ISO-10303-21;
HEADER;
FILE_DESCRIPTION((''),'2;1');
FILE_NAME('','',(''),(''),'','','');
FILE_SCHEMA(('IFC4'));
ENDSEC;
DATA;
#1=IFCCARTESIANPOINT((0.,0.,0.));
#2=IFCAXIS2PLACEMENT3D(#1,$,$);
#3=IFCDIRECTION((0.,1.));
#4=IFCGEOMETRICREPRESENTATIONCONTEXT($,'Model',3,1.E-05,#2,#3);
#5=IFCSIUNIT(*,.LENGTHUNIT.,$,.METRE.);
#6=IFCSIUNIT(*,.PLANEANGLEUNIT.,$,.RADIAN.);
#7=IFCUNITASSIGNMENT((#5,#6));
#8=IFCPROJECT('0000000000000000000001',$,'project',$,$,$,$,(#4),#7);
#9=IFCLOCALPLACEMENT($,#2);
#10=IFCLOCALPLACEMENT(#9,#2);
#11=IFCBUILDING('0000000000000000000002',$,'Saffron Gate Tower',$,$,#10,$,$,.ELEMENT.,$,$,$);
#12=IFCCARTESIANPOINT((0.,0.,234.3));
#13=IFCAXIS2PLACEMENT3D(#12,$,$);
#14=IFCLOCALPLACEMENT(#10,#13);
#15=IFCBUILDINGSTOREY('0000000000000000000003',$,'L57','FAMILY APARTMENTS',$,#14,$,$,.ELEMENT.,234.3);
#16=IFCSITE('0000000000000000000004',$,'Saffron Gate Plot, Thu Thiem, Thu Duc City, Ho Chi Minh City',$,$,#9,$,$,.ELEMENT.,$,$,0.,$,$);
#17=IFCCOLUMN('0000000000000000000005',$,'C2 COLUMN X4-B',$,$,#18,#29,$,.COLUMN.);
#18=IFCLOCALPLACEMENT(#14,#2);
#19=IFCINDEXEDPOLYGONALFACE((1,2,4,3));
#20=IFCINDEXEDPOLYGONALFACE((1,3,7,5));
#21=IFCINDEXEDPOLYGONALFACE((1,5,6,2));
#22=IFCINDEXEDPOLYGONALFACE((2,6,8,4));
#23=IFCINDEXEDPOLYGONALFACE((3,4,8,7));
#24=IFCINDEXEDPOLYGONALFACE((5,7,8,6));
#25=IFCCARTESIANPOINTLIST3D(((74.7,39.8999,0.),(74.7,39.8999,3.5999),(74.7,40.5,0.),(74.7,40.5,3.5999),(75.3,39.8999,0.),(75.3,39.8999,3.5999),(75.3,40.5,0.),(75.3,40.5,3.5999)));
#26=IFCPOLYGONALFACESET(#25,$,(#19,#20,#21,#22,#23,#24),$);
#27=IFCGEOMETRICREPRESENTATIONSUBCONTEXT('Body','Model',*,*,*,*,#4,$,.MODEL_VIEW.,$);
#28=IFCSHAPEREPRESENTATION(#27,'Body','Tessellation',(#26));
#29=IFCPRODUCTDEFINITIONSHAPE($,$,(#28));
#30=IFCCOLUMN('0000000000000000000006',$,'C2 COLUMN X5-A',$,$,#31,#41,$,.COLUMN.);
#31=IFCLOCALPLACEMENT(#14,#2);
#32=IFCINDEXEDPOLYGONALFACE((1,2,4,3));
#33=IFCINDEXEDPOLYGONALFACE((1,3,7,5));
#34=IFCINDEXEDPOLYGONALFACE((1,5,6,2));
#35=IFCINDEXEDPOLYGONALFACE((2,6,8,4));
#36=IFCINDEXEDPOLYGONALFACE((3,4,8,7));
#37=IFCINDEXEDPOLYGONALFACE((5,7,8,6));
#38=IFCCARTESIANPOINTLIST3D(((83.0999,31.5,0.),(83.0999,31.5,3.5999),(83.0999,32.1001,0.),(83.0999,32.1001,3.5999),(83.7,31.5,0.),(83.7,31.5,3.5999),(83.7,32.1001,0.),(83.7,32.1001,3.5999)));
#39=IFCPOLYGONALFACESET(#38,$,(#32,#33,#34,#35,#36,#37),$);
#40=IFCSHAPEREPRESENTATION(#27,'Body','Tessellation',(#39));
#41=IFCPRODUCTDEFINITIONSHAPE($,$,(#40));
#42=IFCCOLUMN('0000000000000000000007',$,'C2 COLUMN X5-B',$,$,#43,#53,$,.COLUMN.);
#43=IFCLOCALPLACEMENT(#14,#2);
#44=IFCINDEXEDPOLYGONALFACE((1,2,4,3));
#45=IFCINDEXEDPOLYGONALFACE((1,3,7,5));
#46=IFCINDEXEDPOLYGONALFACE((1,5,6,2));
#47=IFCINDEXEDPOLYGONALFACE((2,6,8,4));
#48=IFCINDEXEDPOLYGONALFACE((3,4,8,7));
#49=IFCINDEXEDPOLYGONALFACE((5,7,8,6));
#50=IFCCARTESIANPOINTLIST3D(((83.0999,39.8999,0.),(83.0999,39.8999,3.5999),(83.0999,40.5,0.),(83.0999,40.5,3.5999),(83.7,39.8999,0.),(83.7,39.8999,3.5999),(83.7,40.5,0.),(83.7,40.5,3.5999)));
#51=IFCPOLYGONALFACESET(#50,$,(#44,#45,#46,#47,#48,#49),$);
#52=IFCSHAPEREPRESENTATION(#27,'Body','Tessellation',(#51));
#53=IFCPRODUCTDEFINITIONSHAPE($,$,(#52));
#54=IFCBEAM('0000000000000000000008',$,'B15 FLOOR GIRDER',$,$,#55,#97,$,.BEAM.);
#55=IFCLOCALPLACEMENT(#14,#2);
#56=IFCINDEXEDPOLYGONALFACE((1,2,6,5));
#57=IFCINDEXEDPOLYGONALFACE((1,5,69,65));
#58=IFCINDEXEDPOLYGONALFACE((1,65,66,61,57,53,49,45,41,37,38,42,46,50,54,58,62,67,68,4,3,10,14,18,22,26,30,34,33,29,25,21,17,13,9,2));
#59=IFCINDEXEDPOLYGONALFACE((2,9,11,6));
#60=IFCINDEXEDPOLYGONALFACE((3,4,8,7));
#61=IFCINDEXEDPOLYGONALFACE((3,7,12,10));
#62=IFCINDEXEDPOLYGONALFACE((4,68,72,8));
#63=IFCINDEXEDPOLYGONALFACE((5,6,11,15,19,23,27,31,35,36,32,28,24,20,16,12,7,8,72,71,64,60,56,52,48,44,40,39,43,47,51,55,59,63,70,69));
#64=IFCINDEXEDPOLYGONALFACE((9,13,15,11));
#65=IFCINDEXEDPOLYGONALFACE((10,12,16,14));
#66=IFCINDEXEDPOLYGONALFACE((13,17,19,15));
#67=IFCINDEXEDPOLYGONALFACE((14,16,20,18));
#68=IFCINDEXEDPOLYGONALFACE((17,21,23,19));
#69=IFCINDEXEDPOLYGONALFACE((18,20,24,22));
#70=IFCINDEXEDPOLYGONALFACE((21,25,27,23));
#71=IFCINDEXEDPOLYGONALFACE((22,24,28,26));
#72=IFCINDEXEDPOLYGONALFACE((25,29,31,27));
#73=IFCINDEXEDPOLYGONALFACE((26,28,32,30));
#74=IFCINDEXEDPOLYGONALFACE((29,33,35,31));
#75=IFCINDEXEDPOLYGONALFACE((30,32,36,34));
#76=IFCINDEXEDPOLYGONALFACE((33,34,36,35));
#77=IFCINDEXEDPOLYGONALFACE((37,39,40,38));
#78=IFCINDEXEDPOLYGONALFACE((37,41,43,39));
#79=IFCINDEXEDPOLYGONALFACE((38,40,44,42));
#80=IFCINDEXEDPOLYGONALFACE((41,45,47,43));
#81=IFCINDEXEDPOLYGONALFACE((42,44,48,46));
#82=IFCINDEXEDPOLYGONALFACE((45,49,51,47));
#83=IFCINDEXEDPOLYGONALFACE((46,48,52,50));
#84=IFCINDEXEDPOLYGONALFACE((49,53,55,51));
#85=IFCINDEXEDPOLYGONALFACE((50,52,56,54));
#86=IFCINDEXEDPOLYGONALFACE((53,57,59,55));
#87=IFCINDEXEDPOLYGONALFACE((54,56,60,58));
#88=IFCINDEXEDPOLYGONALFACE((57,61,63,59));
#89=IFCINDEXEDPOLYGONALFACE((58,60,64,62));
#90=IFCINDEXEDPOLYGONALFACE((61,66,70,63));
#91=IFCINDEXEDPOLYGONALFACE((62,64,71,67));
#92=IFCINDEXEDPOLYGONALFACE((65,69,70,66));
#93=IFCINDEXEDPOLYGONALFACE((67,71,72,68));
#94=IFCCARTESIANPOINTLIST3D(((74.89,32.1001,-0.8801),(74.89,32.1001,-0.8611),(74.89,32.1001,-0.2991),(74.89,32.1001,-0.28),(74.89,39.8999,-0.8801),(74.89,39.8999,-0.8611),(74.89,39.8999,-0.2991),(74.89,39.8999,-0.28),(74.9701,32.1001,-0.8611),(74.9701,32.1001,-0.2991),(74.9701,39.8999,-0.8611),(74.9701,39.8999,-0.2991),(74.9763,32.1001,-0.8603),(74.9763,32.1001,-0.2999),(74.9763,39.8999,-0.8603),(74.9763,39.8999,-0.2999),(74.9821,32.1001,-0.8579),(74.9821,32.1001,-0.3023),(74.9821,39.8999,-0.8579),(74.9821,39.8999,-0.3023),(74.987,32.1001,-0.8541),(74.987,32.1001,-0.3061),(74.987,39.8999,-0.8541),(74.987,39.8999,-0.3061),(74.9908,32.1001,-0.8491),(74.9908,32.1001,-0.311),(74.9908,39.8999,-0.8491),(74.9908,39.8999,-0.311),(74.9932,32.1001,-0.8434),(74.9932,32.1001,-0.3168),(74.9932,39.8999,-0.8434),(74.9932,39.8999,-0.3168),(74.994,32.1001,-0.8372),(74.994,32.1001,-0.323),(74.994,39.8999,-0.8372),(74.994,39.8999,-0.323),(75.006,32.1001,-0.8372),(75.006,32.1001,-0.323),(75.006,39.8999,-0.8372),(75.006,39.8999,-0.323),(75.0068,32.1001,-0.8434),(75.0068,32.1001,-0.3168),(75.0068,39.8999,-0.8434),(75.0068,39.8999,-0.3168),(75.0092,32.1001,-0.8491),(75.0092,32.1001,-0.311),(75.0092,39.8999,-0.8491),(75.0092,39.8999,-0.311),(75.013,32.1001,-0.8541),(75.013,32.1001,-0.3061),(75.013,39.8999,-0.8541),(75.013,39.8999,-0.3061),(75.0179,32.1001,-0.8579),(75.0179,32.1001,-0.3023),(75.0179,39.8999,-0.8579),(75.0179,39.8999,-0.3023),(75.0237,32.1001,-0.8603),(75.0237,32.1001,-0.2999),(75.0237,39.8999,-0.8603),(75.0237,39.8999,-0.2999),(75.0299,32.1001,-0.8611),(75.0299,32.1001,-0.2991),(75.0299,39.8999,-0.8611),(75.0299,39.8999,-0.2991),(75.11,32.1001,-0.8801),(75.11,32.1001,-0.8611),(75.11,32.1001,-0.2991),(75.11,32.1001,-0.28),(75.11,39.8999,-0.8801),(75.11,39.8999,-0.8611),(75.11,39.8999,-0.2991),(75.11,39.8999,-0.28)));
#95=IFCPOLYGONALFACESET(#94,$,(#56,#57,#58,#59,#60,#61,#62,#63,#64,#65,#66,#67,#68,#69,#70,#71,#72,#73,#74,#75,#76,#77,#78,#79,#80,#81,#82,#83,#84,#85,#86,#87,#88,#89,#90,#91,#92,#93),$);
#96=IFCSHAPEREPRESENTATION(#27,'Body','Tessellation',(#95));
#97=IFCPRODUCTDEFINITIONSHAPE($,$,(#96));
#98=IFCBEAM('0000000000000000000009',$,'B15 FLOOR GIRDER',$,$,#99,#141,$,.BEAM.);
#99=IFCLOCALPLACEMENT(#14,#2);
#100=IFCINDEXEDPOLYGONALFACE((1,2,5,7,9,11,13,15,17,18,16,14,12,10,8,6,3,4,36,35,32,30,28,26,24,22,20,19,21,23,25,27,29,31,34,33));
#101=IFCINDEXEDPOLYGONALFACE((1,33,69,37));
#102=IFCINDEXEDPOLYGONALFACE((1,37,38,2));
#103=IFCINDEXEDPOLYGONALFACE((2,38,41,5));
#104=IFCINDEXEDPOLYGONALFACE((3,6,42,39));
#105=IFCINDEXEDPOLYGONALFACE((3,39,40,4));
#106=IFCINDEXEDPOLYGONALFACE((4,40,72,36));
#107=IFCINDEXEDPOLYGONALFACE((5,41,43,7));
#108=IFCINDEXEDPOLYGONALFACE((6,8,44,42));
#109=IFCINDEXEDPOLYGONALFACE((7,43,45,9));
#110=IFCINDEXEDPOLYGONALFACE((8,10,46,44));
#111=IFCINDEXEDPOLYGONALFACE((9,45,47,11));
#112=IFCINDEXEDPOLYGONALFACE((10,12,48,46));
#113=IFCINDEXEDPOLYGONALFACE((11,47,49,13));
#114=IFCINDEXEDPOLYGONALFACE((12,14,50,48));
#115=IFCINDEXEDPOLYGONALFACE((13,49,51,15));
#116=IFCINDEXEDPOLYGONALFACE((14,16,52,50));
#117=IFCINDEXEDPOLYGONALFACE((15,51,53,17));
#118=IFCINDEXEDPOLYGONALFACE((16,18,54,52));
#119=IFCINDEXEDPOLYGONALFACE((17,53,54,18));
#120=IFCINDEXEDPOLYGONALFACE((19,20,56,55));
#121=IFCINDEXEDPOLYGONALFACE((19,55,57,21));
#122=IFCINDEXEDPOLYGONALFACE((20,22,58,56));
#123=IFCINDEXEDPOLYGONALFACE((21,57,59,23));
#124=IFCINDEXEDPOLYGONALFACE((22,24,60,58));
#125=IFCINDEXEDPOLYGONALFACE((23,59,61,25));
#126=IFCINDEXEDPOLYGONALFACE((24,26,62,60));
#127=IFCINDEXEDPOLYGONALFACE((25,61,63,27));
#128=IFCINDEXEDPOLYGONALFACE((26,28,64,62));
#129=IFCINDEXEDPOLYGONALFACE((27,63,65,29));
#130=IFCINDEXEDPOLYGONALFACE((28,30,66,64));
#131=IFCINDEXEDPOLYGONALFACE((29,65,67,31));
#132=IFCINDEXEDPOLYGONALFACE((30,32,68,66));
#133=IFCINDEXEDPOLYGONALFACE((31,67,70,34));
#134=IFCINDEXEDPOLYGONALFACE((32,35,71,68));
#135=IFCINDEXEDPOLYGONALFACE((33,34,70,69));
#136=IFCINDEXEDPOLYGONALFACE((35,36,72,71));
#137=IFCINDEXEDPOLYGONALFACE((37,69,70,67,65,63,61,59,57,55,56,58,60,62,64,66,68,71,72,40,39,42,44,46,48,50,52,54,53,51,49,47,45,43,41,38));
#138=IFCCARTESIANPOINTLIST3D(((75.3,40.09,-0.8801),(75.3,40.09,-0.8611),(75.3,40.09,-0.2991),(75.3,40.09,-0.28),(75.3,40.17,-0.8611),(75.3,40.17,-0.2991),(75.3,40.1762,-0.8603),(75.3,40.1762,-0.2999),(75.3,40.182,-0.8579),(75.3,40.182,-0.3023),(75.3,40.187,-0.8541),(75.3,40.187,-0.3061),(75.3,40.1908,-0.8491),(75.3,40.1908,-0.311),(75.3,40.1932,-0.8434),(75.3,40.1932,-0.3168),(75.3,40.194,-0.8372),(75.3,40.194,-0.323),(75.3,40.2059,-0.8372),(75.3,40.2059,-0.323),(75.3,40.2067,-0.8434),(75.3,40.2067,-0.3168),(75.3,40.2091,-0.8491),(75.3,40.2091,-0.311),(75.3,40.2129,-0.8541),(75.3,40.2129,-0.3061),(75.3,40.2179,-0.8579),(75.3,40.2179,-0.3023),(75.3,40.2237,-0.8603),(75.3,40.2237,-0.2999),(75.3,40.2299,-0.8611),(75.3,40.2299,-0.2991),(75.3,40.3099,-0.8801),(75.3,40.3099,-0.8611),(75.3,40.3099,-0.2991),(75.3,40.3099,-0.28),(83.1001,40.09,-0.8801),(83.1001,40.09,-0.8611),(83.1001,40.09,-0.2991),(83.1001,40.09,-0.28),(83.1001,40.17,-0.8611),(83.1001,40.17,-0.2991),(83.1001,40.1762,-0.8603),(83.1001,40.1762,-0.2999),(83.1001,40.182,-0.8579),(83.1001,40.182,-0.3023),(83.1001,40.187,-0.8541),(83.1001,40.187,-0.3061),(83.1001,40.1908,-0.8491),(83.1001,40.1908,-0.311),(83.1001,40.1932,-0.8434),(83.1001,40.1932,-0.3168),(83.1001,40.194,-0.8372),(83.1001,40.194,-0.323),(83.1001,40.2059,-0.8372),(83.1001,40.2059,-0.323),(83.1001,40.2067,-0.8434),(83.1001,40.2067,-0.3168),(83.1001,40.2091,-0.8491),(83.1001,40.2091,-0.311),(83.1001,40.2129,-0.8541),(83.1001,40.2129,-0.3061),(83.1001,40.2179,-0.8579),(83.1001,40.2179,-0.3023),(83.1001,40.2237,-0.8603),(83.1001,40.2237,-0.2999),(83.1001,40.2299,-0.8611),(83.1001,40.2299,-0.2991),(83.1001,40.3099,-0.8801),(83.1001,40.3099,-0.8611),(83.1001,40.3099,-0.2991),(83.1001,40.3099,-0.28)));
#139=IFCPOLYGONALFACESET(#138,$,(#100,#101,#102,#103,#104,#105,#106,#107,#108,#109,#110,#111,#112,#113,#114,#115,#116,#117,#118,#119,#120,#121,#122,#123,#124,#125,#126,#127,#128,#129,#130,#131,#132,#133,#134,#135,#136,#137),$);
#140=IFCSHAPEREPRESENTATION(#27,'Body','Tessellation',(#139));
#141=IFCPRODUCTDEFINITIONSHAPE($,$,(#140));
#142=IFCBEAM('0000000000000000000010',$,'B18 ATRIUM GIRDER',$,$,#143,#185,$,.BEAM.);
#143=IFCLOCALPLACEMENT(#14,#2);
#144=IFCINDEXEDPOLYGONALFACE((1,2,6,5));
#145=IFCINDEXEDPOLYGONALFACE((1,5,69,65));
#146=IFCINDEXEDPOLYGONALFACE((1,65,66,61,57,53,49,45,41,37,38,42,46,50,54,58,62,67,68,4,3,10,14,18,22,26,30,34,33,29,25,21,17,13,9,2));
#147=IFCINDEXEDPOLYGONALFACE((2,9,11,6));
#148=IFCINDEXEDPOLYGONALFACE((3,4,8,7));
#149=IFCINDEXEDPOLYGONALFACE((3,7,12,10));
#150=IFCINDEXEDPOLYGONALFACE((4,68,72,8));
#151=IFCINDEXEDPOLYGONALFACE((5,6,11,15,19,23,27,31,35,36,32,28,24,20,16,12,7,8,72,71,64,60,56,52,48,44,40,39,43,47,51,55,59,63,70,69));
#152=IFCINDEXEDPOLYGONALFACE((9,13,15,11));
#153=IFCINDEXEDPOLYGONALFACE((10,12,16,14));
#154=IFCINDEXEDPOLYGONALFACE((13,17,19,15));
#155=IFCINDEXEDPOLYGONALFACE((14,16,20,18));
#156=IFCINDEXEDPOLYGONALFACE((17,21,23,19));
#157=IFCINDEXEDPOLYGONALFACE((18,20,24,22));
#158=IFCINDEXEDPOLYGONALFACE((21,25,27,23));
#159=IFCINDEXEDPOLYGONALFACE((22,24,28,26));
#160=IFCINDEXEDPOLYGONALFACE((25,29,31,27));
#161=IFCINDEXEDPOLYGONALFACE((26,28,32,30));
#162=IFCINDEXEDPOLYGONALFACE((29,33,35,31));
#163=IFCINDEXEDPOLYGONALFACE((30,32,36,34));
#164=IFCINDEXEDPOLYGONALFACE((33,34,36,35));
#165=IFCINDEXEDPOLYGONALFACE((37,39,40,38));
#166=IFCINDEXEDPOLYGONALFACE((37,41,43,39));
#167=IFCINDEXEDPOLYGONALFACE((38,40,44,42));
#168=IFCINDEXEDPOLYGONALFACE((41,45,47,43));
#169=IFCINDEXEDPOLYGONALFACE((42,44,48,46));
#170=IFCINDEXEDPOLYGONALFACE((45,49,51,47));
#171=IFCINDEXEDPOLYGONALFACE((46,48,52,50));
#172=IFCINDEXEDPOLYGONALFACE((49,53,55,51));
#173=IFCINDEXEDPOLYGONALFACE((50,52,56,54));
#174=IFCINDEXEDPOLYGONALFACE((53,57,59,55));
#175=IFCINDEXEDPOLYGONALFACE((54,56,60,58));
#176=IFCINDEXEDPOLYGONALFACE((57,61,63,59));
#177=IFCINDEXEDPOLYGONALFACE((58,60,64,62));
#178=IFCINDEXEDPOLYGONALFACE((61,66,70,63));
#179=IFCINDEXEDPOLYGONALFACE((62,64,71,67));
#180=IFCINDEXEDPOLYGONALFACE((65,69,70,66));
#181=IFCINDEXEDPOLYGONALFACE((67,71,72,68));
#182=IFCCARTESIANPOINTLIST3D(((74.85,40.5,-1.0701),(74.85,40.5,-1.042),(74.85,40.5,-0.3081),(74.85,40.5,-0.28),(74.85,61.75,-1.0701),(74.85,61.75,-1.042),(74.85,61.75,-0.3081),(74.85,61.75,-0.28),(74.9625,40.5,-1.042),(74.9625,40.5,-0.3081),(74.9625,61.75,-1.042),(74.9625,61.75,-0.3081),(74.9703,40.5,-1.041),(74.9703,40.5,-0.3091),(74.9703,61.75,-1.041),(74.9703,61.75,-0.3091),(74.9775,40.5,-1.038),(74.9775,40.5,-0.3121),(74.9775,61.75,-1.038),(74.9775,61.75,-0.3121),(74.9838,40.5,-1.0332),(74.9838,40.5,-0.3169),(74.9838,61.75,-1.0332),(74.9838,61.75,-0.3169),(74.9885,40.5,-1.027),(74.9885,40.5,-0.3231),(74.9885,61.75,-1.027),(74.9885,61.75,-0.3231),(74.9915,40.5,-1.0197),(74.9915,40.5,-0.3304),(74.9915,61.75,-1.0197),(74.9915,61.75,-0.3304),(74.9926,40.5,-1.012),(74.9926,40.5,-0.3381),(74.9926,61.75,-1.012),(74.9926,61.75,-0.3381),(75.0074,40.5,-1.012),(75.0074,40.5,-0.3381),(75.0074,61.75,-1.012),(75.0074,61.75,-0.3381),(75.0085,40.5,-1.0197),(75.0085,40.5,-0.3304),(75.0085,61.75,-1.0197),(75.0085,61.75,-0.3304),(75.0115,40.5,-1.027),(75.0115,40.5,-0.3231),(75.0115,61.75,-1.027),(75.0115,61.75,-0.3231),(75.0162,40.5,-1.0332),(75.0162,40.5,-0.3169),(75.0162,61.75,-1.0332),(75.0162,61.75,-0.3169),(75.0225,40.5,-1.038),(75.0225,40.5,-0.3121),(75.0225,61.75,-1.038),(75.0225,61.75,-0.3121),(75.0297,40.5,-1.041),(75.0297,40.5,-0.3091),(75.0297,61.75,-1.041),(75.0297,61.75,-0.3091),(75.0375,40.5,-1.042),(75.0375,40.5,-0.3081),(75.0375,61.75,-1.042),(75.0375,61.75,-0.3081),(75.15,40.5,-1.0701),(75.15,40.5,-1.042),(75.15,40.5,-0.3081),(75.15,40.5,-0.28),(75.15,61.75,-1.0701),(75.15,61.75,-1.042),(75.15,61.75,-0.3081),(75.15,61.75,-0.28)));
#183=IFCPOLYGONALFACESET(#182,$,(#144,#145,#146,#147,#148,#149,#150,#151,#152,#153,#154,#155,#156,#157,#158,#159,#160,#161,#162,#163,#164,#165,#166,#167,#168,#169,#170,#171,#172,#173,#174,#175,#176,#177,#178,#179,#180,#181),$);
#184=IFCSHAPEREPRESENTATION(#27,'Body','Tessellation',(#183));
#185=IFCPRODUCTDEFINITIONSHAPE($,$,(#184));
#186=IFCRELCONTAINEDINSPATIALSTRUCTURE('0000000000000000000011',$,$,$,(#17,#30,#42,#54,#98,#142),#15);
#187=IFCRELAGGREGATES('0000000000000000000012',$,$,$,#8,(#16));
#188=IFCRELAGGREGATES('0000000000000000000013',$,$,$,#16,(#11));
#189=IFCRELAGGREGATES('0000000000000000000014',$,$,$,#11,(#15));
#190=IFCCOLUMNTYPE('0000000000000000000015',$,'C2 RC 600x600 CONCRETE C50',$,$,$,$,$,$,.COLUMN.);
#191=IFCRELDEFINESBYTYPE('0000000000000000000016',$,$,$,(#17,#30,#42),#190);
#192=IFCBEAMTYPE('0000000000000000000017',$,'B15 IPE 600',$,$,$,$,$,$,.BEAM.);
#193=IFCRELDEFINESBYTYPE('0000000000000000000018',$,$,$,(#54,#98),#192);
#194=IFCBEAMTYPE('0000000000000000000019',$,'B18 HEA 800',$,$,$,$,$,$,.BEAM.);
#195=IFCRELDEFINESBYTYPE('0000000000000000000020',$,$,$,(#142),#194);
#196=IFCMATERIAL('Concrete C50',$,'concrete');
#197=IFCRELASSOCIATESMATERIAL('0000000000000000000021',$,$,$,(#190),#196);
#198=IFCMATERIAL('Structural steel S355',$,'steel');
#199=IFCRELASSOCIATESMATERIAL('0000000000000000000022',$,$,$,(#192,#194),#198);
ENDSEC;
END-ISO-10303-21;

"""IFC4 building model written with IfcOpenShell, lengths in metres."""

from ifc_helpers import new_model, si_unit, direction, frame, origin, origin_2d, place, context, subcontext, project, spatial, rectangle, i_section, extrude, material, material_profile, profile_set, type_object, element, save


model = new_model("IFC4")

# Units and contexts
model_context = context("Model", 3, precision=1e-05, world=origin(), true_north=direction((0.0, 1.0)))
body_context = subcontext(model_context, "Body", "Model", "MODEL_VIEW")
ifc_project = project(units=[si_unit("LENGTHUNIT", "METRE"), si_unit("PLANEANGLEUNIT", "RADIAN")], contexts=[model_context])

# Site, building, storey
site_placement = place(None, origin())
site = spatial("IfcSite", under=ifc_project, at=site_placement, Name="Saffron Gate Plot, Thu Thiem, Thu Duc City, Ho Chi Minh City", CompositionType="ELEMENT", RefElevation=0.0)
building_placement = place(site_placement, origin())
building = spatial("IfcBuilding", under=site, at=building_placement, Name="Saffron Gate Tower", CompositionType="ELEMENT")
storey_placement = place(building_placement, frame((0.0, 0.0, 234.3)))
storey = spatial("IfcBuildingStorey", under=building, at=storey_placement, Name="L57", Description="FAMILY APARTMENTS", CompositionType="ELEMENT", Elevation=234.3)

# Columns
ifc_material_1 = material(Name="Concrete C50", Category="concrete")
ifc_material_profile_1 = material_profile(ifc_material_1, rectangle(XDim=0.6001, YDim=0.6001, at=origin_2d()))
ifc_profile_set_1 = profile_set([ifc_material_profile_1], Name="Concrete C50")
column_type = type_object("IfcColumnType", Name="C2 RC 600x600 CONCRETE C50", PredefinedType="COLUMN", material=ifc_profile_set_1)
for number, where, z_axis, x_axis, name in (
    (1, (75.0, 40.2, 0.0), (0.0, 0.0, 1.0), (1.0, 0.0, 0.0), "C2 COLUMN X4-B"),
    (2, (83.3999, 31.8, 0.0), (0.0, 0.0, 1.0), (1.0, 0.0, 0.0), "C2 COLUMN X5-A"),
    (3, (83.3999, 40.2, 0.0), (0.0, 0.0, 1.0), (1.0, 0.0, 0.0), "C2 COLUMN X5-B"),
):
    element("IfcColumn", number, at=place(storey_placement, frame(where, z_axis=z_axis, x_axis=x_axis)), inside=storey, type_object=column_type, Name=name, PredefinedType="COLUMN", context=body_context, shape_type="SweptSolid", body=[
        extrude(rectangle(XDim=0.6001, YDim=0.6001, at=origin_2d()), origin(), (0.0, 0.0, 1.0), 3.5999),
    ])

# Beams
ifc_material_2 = material(Name="Structural steel S355", Category="steel")
ifc_material_profile_2 = material_profile(ifc_material_2, i_section(OverallWidth=0.22, OverallDepth=0.6001, WebThickness=0.012, FlangeThickness=0.019, FilletRadius=0.0239, at=origin_2d()))
ifc_profile_set_2 = profile_set([ifc_material_profile_2], Name="Structural steel S355")
beam_type_1 = type_object("IfcBeamType", Name="B15 IPE 600", PredefinedType="BEAM", material=ifc_profile_set_2)
beam_1_placement = place(storey_placement, frame((75.0, 32.1001, -0.5801), z_axis=(0.0, 1.0, 0.0), x_axis=(-1.0, 0.0, 0.0)))
element("IfcBeam", 4, at=beam_1_placement, inside=storey, type_object=beam_type_1, Name="B15 FLOOR GIRDER", PredefinedType="BEAM", context=body_context, shape_type="SweptSolid", body=[
    extrude(i_section(OverallWidth=0.22, OverallDepth=0.6001, WebThickness=0.012, FlangeThickness=0.019, FilletRadius=0.0239, at=origin_2d()), origin(), (0.0, 0.0, 1.0), 7.7998),
])
beam_2_placement = place(storey_placement, frame((75.3, 40.2, -0.5801), z_axis=(1.0, 0.0, 0.0), x_axis=(0.0, 1.0, 0.0)))
element("IfcBeam", 5, at=beam_2_placement, inside=storey, type_object=beam_type_1, Name="B15 FLOOR GIRDER", PredefinedType="BEAM", context=body_context, shape_type="SweptSolid", body=[
    extrude(i_section(OverallWidth=0.22, OverallDepth=0.6001, WebThickness=0.012, FlangeThickness=0.019, FilletRadius=0.0239, at=origin_2d()), origin(), (0.0, 0.0, 1.0), 7.8),
])
ifc_material_profile_3 = material_profile(ifc_material_2, i_section(OverallWidth=0.3, OverallDepth=0.79, WebThickness=0.0149, FlangeThickness=0.0281, FilletRadius=0.03, at=origin_2d()))
ifc_profile_set_3 = profile_set([ifc_material_profile_3], Name="Structural steel S355")
beam_type_2 = type_object("IfcBeamType", Name="B18 HEA 800", PredefinedType="BEAM", material=ifc_profile_set_3)
beam_3_placement = place(storey_placement, frame((75.0, 40.5, -0.675), z_axis=(0.0, 1.0, 0.0), x_axis=(-1.0, 0.0, 0.0)))
element("IfcBeam", 6, at=beam_3_placement, inside=storey, type_object=beam_type_2, Name="B18 ATRIUM GIRDER", PredefinedType="BEAM", context=body_context, shape_type="SweptSolid", body=[
    extrude(i_section(OverallWidth=0.3, OverallDepth=0.79, WebThickness=0.0149, FlangeThickness=0.0281, FilletRadius=0.03, at=origin_2d()), origin(), (0.0, 0.0, 1.0), 21.25),
])

save(model, "model.ifc")
